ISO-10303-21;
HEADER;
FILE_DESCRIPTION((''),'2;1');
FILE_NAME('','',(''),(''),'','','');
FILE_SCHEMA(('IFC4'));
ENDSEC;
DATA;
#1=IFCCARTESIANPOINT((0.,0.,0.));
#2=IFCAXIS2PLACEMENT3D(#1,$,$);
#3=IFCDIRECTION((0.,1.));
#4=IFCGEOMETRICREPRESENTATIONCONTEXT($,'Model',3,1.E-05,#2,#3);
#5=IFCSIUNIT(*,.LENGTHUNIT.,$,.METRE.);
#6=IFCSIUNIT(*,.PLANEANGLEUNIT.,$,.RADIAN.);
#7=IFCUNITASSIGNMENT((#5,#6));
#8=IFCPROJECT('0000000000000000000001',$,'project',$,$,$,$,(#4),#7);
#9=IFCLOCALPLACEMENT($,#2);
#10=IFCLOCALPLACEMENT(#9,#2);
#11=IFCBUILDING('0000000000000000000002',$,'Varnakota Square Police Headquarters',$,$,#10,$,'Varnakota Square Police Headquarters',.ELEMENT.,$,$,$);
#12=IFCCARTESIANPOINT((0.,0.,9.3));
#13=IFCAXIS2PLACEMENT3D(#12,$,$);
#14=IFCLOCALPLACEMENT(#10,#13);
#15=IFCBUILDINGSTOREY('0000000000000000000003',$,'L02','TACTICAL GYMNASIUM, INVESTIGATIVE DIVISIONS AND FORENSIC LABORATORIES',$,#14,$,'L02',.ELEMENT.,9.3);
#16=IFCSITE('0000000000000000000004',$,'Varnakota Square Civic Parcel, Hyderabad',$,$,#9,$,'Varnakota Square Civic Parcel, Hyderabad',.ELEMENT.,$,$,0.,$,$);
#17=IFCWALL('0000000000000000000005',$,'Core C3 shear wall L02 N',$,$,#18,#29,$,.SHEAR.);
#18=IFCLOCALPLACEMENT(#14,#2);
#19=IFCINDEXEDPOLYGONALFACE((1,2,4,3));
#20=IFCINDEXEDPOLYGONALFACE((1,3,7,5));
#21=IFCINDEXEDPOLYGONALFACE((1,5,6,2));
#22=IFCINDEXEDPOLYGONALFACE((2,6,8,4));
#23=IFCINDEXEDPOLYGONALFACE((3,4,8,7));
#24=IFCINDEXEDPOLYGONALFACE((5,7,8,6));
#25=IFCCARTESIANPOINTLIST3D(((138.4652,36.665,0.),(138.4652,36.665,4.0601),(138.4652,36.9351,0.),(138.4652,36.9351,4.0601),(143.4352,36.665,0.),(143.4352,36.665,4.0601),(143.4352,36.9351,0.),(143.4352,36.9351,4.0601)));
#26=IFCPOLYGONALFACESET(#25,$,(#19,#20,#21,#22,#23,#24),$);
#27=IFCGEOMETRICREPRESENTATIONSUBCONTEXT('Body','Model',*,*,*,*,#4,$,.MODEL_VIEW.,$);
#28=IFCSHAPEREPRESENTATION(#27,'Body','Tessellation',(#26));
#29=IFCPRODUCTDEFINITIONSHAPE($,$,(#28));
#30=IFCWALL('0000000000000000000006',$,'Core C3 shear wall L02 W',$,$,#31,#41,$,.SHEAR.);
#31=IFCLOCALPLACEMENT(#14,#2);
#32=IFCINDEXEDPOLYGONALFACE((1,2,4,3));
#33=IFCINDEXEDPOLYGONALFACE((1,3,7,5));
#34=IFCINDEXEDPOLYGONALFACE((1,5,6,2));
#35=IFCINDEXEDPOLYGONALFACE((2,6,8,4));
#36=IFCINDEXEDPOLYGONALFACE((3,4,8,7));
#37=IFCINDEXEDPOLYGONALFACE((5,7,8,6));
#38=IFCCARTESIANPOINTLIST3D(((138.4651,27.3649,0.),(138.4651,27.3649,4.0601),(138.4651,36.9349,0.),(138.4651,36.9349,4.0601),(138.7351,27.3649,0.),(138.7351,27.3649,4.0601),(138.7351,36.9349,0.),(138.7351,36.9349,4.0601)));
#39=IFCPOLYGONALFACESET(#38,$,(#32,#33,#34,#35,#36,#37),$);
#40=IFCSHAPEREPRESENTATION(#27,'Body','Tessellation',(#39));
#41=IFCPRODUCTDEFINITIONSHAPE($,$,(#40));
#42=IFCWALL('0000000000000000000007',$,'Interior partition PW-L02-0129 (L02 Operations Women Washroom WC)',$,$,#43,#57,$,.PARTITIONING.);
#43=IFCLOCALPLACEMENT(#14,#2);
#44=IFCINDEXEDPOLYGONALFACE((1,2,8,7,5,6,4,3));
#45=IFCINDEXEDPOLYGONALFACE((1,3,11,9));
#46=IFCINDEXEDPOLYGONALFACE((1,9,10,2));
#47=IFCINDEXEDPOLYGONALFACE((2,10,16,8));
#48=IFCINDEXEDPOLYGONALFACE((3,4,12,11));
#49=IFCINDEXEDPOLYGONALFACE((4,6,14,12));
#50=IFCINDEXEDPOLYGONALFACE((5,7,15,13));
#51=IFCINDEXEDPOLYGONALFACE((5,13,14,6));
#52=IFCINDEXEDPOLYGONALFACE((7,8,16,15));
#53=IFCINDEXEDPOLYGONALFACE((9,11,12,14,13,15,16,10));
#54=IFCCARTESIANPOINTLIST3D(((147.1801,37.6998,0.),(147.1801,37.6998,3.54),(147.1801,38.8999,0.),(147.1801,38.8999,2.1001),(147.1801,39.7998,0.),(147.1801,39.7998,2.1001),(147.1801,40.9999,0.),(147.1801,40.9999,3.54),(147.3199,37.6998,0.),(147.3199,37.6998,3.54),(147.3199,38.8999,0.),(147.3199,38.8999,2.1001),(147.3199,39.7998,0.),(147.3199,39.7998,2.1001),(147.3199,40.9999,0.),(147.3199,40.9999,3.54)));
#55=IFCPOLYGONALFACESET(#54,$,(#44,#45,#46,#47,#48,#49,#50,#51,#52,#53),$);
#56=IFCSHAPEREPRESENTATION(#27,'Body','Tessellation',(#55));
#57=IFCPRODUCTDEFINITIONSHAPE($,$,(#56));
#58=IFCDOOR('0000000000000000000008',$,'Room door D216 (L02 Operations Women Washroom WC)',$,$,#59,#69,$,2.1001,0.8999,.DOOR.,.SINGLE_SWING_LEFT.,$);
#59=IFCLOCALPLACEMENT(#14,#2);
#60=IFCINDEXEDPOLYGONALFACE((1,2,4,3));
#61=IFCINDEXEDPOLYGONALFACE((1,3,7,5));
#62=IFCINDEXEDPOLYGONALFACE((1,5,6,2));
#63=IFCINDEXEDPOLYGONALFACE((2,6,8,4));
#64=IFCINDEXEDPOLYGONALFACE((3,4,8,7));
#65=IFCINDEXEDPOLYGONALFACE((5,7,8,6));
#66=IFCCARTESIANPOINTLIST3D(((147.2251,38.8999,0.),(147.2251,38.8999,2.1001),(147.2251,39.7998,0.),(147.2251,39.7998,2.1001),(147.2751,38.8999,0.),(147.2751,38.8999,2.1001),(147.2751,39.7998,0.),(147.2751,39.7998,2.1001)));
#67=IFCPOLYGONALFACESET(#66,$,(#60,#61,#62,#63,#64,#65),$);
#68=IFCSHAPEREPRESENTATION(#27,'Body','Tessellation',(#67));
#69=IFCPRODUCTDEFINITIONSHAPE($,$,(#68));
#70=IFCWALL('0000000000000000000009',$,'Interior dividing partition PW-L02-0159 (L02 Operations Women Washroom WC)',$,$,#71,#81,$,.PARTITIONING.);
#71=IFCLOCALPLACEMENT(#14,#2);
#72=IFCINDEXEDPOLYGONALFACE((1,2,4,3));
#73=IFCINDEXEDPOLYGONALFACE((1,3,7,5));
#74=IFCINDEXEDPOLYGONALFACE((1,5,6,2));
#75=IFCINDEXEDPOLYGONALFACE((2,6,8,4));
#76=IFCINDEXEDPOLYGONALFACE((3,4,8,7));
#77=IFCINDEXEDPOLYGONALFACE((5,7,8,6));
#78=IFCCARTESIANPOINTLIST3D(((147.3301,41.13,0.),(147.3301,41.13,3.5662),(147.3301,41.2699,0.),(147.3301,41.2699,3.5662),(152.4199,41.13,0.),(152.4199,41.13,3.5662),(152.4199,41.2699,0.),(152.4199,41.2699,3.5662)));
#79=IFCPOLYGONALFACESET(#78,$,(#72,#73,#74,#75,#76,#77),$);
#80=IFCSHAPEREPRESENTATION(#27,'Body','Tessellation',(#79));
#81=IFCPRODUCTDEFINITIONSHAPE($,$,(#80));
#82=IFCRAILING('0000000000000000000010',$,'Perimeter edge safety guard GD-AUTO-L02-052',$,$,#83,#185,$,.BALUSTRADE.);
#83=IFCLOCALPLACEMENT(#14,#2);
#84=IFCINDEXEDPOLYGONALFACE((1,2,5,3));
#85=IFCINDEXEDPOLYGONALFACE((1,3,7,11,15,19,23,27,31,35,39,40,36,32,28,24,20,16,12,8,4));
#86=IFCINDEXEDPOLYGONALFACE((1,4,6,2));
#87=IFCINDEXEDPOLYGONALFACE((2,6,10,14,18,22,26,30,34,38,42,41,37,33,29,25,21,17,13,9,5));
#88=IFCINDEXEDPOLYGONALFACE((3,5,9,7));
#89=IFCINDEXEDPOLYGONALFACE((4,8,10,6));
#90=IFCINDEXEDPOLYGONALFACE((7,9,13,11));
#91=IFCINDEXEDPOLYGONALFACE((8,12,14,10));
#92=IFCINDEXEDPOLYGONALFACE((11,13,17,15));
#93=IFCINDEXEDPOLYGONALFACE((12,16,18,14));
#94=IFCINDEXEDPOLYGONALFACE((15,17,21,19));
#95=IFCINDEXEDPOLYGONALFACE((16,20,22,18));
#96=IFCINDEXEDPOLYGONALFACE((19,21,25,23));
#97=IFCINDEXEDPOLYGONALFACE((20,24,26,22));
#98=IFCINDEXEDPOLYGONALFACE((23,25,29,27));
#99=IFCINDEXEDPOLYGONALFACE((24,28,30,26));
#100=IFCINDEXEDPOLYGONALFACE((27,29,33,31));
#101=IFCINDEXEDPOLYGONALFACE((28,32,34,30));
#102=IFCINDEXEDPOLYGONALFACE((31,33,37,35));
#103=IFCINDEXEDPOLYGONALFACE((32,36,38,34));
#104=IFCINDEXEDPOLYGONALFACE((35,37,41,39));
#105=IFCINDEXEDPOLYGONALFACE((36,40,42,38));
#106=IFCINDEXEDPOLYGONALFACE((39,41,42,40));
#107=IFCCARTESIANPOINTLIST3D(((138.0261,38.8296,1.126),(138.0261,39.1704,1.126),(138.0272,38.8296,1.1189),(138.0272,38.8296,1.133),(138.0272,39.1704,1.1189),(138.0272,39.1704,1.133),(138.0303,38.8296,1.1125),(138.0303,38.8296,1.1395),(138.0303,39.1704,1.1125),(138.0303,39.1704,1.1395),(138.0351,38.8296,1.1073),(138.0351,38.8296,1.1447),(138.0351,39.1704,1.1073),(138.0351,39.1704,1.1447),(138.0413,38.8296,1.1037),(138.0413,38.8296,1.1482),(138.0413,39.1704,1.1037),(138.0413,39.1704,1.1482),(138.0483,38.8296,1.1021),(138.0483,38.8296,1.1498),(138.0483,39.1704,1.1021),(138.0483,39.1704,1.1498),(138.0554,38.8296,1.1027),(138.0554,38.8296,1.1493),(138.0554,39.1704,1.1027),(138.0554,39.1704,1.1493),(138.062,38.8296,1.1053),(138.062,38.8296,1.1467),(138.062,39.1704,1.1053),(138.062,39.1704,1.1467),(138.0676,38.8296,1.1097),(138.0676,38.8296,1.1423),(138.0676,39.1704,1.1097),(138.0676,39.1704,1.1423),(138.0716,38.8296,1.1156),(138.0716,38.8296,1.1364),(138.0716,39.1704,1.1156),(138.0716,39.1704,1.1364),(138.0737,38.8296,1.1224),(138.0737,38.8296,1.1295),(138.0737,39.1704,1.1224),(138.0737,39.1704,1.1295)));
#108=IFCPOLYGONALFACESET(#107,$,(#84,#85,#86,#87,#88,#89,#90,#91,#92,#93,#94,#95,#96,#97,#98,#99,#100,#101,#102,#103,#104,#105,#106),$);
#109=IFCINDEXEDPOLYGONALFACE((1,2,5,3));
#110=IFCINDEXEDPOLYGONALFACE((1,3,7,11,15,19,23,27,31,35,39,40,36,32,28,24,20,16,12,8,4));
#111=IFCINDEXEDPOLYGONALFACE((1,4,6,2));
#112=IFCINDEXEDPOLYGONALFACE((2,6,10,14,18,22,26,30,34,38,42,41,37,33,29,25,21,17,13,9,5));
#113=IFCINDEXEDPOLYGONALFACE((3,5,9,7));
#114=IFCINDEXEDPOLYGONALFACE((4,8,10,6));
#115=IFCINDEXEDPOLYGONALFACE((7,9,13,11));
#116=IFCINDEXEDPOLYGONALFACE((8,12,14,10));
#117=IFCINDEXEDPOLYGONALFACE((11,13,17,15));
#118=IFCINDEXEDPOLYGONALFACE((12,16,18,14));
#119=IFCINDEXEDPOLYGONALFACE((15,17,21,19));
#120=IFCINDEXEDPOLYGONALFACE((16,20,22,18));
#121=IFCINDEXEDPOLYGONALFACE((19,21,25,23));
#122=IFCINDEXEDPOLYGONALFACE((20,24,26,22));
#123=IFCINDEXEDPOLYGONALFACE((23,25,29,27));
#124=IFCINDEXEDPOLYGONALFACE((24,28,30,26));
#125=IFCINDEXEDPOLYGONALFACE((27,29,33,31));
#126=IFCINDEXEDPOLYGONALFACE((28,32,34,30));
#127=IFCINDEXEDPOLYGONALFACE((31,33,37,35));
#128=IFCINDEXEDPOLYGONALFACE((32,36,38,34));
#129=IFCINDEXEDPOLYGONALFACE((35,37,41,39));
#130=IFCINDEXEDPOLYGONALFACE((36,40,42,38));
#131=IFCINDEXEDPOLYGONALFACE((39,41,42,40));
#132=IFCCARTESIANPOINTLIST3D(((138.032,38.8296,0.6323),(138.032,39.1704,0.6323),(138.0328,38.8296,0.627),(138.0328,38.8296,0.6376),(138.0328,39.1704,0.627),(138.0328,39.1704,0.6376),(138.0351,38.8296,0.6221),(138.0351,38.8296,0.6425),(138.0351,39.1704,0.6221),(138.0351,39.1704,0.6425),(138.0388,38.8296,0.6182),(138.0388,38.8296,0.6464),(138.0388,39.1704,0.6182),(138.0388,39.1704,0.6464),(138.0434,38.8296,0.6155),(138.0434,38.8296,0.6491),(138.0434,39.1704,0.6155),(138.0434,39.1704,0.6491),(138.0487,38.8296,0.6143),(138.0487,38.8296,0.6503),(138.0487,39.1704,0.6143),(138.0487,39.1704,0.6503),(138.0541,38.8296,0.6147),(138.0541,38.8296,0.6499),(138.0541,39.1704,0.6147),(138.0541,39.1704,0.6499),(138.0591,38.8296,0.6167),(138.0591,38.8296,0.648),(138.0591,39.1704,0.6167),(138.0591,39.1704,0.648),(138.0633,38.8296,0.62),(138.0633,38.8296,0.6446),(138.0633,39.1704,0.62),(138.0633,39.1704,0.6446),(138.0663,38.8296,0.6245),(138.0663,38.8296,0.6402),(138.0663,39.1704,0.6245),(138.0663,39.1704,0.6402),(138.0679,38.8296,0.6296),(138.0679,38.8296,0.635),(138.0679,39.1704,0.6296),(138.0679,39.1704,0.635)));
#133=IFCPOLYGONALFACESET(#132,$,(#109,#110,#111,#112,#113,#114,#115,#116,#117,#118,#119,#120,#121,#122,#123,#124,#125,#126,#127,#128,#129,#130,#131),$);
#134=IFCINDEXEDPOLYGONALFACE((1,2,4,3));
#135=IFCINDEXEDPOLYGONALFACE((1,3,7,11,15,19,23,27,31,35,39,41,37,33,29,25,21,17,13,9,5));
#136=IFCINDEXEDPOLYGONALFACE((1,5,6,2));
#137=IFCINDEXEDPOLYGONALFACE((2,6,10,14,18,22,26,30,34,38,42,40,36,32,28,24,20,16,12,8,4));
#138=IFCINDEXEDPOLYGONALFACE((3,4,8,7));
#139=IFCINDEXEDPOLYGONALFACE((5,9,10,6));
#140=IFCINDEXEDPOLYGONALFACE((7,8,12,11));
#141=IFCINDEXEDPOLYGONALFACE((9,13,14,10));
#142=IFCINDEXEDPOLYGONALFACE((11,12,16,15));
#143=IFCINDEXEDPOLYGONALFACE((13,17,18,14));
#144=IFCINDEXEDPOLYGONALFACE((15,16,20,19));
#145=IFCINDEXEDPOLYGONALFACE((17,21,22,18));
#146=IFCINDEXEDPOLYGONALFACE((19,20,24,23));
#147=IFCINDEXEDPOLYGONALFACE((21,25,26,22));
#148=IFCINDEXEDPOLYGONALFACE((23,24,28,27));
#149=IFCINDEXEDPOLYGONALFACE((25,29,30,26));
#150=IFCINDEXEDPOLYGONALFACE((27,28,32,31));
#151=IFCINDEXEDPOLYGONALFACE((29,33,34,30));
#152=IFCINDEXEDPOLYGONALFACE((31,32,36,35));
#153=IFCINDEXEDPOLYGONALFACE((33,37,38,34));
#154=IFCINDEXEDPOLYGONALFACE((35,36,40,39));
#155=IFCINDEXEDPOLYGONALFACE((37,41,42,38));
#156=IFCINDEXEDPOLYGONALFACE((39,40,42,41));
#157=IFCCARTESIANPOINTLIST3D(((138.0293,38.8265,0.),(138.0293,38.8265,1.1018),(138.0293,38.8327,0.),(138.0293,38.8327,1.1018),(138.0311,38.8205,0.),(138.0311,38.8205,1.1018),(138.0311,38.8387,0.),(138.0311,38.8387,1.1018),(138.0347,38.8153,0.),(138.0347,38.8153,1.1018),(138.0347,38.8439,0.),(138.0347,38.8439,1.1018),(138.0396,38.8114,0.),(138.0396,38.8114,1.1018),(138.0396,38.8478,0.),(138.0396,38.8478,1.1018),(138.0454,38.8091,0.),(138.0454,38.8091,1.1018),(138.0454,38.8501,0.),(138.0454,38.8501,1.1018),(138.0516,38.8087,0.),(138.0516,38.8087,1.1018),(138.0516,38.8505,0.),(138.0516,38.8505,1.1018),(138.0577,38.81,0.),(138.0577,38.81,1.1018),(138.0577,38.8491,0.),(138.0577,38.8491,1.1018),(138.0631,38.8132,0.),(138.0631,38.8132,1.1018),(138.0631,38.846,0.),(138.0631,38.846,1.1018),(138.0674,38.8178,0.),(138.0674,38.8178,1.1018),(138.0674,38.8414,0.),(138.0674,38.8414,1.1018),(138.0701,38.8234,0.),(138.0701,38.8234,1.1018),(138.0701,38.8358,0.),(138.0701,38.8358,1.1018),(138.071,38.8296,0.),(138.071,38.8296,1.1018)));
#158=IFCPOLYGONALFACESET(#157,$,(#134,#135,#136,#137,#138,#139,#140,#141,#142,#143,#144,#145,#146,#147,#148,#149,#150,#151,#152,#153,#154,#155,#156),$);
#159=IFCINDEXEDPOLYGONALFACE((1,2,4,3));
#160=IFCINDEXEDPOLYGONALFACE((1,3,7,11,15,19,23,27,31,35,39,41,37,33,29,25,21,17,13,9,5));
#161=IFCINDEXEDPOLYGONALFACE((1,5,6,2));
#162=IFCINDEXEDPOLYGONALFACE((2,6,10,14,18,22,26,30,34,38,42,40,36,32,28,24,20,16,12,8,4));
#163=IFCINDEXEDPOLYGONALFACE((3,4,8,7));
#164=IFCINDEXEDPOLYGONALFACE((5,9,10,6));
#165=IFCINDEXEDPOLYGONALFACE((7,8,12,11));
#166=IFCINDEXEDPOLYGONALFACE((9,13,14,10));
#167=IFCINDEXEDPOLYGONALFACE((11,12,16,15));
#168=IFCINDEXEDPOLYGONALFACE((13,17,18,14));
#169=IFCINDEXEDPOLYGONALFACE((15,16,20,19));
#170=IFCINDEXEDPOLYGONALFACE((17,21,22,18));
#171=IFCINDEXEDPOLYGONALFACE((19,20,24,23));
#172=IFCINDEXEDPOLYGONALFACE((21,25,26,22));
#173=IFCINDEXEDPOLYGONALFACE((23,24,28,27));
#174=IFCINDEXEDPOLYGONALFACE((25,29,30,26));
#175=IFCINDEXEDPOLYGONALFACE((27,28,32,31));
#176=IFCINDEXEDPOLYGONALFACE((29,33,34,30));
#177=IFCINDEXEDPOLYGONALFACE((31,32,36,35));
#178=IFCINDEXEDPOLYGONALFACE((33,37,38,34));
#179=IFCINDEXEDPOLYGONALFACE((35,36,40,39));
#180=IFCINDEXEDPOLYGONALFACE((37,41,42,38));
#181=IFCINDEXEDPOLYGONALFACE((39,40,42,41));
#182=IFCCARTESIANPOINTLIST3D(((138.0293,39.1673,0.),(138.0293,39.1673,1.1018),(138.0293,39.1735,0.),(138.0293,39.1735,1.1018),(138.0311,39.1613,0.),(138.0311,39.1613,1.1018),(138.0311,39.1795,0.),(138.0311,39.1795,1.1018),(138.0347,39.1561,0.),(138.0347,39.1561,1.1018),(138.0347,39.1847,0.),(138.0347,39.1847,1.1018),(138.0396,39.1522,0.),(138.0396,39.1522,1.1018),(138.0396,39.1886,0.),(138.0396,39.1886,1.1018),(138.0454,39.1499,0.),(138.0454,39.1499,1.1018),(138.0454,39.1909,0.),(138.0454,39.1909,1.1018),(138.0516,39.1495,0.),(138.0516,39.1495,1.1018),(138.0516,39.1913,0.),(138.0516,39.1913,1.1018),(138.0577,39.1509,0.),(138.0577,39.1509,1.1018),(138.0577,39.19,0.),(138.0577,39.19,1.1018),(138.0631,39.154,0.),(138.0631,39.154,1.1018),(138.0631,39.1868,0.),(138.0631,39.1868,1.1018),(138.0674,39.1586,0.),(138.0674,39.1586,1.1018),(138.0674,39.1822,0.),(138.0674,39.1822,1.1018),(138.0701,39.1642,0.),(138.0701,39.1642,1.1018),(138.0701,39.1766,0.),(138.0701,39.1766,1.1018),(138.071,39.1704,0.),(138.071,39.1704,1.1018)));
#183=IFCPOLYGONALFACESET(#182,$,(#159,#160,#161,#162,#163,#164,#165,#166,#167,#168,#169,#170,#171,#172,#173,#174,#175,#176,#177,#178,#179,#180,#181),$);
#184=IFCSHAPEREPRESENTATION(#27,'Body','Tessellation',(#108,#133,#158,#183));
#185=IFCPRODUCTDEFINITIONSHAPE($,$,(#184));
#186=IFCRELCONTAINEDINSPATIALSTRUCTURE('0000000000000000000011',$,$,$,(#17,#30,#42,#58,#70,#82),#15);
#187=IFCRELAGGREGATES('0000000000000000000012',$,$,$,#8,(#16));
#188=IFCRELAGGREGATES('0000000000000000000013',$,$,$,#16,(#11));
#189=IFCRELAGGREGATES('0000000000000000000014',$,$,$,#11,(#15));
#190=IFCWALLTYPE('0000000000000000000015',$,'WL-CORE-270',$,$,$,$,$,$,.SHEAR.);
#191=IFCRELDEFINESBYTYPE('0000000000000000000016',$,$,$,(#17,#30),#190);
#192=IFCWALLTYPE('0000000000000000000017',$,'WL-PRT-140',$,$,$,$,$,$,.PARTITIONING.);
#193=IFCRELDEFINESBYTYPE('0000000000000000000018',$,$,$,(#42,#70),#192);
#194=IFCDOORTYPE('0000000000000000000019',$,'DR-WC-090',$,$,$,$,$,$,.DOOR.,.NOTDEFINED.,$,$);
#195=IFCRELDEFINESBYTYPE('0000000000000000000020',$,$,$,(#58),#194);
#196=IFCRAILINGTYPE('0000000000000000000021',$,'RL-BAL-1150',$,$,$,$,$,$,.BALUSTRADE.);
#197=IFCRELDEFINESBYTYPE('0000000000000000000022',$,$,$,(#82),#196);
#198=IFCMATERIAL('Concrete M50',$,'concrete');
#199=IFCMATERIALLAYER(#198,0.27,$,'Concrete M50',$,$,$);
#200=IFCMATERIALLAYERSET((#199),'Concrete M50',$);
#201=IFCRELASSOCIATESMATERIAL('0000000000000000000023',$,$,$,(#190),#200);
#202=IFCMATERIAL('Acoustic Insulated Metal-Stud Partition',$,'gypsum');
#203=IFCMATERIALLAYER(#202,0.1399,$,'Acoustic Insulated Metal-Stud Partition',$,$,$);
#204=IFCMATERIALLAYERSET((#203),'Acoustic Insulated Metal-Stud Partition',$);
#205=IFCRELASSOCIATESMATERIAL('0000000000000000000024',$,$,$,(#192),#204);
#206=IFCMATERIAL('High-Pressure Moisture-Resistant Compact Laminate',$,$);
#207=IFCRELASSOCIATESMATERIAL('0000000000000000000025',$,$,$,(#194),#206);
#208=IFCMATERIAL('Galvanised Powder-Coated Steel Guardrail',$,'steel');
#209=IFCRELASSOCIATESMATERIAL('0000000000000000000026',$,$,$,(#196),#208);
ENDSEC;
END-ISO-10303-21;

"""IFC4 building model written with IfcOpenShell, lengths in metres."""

from ifc_helpers import new_model, si_unit, direction, frame, frame_2d, origin, origin_2d, place, context, subcontext, project, spatial, rectangle, circle, extrude, material, layer, layer_set, type_object, element, fill, save


model = new_model("IFC4")

# Units and contexts
model_context = context("Model", 3, precision=1e-05, world=origin(), true_north=direction((0.0, 1.0)))
body_context = subcontext(model_context, "Body", "Model", "MODEL_VIEW")
ifc_project = project(units=[si_unit("LENGTHUNIT", "METRE"), si_unit("PLANEANGLEUNIT", "RADIAN")], contexts=[model_context])

# Site, building, storey
site_placement = place(None, origin())
site = spatial("IfcSite", under=ifc_project, at=site_placement, Name="Varnakota Square Civic Parcel, Hyderabad", LongName="Varnakota Square Civic Parcel, Hyderabad", CompositionType="ELEMENT", RefElevation=0.0)
building_placement = place(site_placement, origin())
building = spatial("IfcBuilding", under=site, at=building_placement, Name="Varnakota Square Police Headquarters", LongName="Varnakota Square Police Headquarters", CompositionType="ELEMENT")
storey_placement = place(building_placement, frame((0.0, 0.0, 9.3)))
storey = spatial("IfcBuildingStorey", under=building, at=storey_placement, Name="L02", Description="TACTICAL GYMNASIUM, INVESTIGATIVE DIVISIONS AND FORENSIC LABORATORIES", LongName="L02", CompositionType="ELEMENT", Elevation=9.3)

# Walls
ifc_material_1 = material(Name="Concrete M50", Category="concrete")
ifc_layer_1 = layer(ifc_material_1, 0.27, Name="Concrete M50")
ifc_layer_set_1 = layer_set([ifc_layer_1], Name="Concrete M50")
wall_type_1 = type_object("IfcWallType", Name="WL-CORE-270", PredefinedType="SHEAR", material=ifc_layer_set_1)
wall_1_placement = place(storey_placement, frame((143.4351, 36.8, 0.0), z_axis=(0.0, 0.0, 1.0), x_axis=(-1.0, 0.0, 0.0)))
element("IfcWall", 1, at=wall_1_placement, inside=storey, type_object=wall_type_1, Name="Core C3 shear wall L02 N", PredefinedType="SHEAR", context=body_context, shape_type="SweptSolid", body=[
    extrude(rectangle(XDim=4.97, YDim=0.27, at=frame_2d((2.4849, 0.0))), origin(), (0.0, 0.0, 1.0), 4.0601),
])
wall_2_placement = place(storey_placement, frame((138.6001, 36.9351, 0.0), z_axis=(0.0, 0.0, 1.0), x_axis=(0.0, -1.0, 0.0)))
element("IfcWall", 2, at=wall_2_placement, inside=storey, type_object=wall_type_1, Name="Core C3 shear wall L02 W", PredefinedType="SHEAR", context=body_context, shape_type="SweptSolid", body=[
    extrude(rectangle(XDim=9.5701, YDim=0.27, at=frame_2d((4.7852, 0.0))), origin(), (0.0, 0.0, 1.0), 4.0601),
])

# Wall, opening, door
ifc_material_2 = material(Name="Acoustic Insulated Metal-Stud Partition", Category="gypsum")
ifc_layer_2 = layer(ifc_material_2, 0.1399, Name="Acoustic Insulated Metal-Stud Partition")
ifc_layer_set_2 = layer_set([ifc_layer_2], Name="Acoustic Insulated Metal-Stud Partition")
wall_type_2 = type_object("IfcWallType", Name="WL-PRT-140", PredefinedType="PARTITIONING", material=ifc_layer_set_2)
wall_3_placement = place(storey_placement, frame((147.25, 37.7, 0.0), z_axis=(0.0, 0.0, 1.0), x_axis=(0.0, 1.0, 0.0)))
wall_3 = element("IfcWall", 3, at=wall_3_placement, inside=storey, type_object=wall_type_2, Name="Interior partition PW-L02-0129 (L02 Operations Women Washroom WC)", PredefinedType="PARTITIONING", context=body_context, shape_type="SweptSolid", body=[
    extrude(rectangle(XDim=3.3, YDim=0.1399, at=frame_2d((1.6499, 0.0))), origin(), (0.0, 0.0, 1.0), 3.54),
])
opening_placement = place(wall_3_placement, frame((1.2, 0.0, 0.0)))
opening = element("IfcOpeningElement", 4, at=opening_placement, cuts=wall_3, PredefinedType="OPENING", context=body_context, shape_type="SweptSolid", body=[
    extrude(rectangle(XDim=0.8999, YDim=2.1001, at=frame_2d((0.45, 1.05))), frame((0.0, 0.0798, 0.0), z_axis=(0.0, -1.0, 0.0), x_axis=(1.0, 0.0, 0.0)), (0.0, 0.0, 1.0), 0.1599),
])
ifc_material_3 = material(Name="High-Pressure Moisture-Resistant Compact Laminate")
door_type = type_object("IfcDoorType", Name="DR-WC-090", OperationType="NOTDEFINED", PredefinedType="DOOR", material=ifc_material_3)
door_placement = place(opening_placement, origin())
door = element("IfcDoor", 5, at=door_placement, inside=storey, type_object=door_type, Name="Room door D216 (L02 Operations Women Washroom WC)", OperationType="SINGLE_SWING_LEFT", OverallHeight=2.1001, OverallWidth=0.8999, PredefinedType="DOOR", context=body_context, shape_type="SweptSolid", body=[
    extrude(rectangle(XDim=0.8999, YDim=2.1001, at=frame_2d((0.45, 1.05))), frame((0.0, 0.0249, 0.0), z_axis=(0.0, -1.0, 0.0), x_axis=(1.0, 0.0, 0.0)), (0.0, 0.0, 1.0), 0.05),
])
fill(opening, door)

# Wall
wall_4_placement = place(storey_placement, frame((147.3301, 41.2, 0.0), z_axis=(0.0, 0.0, 1.0), x_axis=(1.0, 0.0, 0.0)))
element("IfcWall", 6, at=wall_4_placement, inside=storey, type_object=wall_type_2, Name="Interior dividing partition PW-L02-0159 (L02 Operations Women Washroom WC)", PredefinedType="PARTITIONING", context=body_context, shape_type="SweptSolid", body=[
    extrude(rectangle(XDim=5.0898, YDim=0.1399, at=frame_2d((2.5449, 0.0))), origin(), (0.0, 0.0, 1.0), 3.5662),
])

# Railing
ifc_material_4 = material(Name="Galvanised Powder-Coated Steel Guardrail", Category="steel")
railing_type = type_object("IfcRailingType", Name="RL-BAL-1150", PredefinedType="BALUSTRADE", material=ifc_material_4)
railing_placement = place(storey_placement, frame((138.05, 38.8296, 0.0)))
element("IfcRailing", 7, at=railing_placement, inside=storey, type_object=railing_type, Name="Perimeter edge safety guard GD-AUTO-L02-052", PredefinedType="BALUSTRADE", context=body_context, shape_type="SweptSolid", body=[
    extrude(circle(Radius=0.0239, at=origin_2d()), frame((0.0, 0.0, 1.126), z_axis=(0.0, 1.0, 0.0), x_axis=(-1.0, 0.0, 0.0)), (0.0, 0.0, 1.0), 0.3408),
    extrude(circle(Radius=0.0181, at=origin_2d()), frame((0.0, 0.0, 0.6323), z_axis=(0.0, 1.0, 0.0), x_axis=(-1.0, 0.0, 0.0)), (0.0, 0.0, 1.0), 0.3408),
    extrude(circle(Radius=0.021, at=origin_2d()), origin(), (0.0, 0.0, 1.0), 1.1018),
    extrude(circle(Radius=0.021, at=origin_2d()), frame((0.0, 0.3408, 0.0)), (0.0, 0.0, 1.0), 1.1018),
])

save(model, "model.ifc")
